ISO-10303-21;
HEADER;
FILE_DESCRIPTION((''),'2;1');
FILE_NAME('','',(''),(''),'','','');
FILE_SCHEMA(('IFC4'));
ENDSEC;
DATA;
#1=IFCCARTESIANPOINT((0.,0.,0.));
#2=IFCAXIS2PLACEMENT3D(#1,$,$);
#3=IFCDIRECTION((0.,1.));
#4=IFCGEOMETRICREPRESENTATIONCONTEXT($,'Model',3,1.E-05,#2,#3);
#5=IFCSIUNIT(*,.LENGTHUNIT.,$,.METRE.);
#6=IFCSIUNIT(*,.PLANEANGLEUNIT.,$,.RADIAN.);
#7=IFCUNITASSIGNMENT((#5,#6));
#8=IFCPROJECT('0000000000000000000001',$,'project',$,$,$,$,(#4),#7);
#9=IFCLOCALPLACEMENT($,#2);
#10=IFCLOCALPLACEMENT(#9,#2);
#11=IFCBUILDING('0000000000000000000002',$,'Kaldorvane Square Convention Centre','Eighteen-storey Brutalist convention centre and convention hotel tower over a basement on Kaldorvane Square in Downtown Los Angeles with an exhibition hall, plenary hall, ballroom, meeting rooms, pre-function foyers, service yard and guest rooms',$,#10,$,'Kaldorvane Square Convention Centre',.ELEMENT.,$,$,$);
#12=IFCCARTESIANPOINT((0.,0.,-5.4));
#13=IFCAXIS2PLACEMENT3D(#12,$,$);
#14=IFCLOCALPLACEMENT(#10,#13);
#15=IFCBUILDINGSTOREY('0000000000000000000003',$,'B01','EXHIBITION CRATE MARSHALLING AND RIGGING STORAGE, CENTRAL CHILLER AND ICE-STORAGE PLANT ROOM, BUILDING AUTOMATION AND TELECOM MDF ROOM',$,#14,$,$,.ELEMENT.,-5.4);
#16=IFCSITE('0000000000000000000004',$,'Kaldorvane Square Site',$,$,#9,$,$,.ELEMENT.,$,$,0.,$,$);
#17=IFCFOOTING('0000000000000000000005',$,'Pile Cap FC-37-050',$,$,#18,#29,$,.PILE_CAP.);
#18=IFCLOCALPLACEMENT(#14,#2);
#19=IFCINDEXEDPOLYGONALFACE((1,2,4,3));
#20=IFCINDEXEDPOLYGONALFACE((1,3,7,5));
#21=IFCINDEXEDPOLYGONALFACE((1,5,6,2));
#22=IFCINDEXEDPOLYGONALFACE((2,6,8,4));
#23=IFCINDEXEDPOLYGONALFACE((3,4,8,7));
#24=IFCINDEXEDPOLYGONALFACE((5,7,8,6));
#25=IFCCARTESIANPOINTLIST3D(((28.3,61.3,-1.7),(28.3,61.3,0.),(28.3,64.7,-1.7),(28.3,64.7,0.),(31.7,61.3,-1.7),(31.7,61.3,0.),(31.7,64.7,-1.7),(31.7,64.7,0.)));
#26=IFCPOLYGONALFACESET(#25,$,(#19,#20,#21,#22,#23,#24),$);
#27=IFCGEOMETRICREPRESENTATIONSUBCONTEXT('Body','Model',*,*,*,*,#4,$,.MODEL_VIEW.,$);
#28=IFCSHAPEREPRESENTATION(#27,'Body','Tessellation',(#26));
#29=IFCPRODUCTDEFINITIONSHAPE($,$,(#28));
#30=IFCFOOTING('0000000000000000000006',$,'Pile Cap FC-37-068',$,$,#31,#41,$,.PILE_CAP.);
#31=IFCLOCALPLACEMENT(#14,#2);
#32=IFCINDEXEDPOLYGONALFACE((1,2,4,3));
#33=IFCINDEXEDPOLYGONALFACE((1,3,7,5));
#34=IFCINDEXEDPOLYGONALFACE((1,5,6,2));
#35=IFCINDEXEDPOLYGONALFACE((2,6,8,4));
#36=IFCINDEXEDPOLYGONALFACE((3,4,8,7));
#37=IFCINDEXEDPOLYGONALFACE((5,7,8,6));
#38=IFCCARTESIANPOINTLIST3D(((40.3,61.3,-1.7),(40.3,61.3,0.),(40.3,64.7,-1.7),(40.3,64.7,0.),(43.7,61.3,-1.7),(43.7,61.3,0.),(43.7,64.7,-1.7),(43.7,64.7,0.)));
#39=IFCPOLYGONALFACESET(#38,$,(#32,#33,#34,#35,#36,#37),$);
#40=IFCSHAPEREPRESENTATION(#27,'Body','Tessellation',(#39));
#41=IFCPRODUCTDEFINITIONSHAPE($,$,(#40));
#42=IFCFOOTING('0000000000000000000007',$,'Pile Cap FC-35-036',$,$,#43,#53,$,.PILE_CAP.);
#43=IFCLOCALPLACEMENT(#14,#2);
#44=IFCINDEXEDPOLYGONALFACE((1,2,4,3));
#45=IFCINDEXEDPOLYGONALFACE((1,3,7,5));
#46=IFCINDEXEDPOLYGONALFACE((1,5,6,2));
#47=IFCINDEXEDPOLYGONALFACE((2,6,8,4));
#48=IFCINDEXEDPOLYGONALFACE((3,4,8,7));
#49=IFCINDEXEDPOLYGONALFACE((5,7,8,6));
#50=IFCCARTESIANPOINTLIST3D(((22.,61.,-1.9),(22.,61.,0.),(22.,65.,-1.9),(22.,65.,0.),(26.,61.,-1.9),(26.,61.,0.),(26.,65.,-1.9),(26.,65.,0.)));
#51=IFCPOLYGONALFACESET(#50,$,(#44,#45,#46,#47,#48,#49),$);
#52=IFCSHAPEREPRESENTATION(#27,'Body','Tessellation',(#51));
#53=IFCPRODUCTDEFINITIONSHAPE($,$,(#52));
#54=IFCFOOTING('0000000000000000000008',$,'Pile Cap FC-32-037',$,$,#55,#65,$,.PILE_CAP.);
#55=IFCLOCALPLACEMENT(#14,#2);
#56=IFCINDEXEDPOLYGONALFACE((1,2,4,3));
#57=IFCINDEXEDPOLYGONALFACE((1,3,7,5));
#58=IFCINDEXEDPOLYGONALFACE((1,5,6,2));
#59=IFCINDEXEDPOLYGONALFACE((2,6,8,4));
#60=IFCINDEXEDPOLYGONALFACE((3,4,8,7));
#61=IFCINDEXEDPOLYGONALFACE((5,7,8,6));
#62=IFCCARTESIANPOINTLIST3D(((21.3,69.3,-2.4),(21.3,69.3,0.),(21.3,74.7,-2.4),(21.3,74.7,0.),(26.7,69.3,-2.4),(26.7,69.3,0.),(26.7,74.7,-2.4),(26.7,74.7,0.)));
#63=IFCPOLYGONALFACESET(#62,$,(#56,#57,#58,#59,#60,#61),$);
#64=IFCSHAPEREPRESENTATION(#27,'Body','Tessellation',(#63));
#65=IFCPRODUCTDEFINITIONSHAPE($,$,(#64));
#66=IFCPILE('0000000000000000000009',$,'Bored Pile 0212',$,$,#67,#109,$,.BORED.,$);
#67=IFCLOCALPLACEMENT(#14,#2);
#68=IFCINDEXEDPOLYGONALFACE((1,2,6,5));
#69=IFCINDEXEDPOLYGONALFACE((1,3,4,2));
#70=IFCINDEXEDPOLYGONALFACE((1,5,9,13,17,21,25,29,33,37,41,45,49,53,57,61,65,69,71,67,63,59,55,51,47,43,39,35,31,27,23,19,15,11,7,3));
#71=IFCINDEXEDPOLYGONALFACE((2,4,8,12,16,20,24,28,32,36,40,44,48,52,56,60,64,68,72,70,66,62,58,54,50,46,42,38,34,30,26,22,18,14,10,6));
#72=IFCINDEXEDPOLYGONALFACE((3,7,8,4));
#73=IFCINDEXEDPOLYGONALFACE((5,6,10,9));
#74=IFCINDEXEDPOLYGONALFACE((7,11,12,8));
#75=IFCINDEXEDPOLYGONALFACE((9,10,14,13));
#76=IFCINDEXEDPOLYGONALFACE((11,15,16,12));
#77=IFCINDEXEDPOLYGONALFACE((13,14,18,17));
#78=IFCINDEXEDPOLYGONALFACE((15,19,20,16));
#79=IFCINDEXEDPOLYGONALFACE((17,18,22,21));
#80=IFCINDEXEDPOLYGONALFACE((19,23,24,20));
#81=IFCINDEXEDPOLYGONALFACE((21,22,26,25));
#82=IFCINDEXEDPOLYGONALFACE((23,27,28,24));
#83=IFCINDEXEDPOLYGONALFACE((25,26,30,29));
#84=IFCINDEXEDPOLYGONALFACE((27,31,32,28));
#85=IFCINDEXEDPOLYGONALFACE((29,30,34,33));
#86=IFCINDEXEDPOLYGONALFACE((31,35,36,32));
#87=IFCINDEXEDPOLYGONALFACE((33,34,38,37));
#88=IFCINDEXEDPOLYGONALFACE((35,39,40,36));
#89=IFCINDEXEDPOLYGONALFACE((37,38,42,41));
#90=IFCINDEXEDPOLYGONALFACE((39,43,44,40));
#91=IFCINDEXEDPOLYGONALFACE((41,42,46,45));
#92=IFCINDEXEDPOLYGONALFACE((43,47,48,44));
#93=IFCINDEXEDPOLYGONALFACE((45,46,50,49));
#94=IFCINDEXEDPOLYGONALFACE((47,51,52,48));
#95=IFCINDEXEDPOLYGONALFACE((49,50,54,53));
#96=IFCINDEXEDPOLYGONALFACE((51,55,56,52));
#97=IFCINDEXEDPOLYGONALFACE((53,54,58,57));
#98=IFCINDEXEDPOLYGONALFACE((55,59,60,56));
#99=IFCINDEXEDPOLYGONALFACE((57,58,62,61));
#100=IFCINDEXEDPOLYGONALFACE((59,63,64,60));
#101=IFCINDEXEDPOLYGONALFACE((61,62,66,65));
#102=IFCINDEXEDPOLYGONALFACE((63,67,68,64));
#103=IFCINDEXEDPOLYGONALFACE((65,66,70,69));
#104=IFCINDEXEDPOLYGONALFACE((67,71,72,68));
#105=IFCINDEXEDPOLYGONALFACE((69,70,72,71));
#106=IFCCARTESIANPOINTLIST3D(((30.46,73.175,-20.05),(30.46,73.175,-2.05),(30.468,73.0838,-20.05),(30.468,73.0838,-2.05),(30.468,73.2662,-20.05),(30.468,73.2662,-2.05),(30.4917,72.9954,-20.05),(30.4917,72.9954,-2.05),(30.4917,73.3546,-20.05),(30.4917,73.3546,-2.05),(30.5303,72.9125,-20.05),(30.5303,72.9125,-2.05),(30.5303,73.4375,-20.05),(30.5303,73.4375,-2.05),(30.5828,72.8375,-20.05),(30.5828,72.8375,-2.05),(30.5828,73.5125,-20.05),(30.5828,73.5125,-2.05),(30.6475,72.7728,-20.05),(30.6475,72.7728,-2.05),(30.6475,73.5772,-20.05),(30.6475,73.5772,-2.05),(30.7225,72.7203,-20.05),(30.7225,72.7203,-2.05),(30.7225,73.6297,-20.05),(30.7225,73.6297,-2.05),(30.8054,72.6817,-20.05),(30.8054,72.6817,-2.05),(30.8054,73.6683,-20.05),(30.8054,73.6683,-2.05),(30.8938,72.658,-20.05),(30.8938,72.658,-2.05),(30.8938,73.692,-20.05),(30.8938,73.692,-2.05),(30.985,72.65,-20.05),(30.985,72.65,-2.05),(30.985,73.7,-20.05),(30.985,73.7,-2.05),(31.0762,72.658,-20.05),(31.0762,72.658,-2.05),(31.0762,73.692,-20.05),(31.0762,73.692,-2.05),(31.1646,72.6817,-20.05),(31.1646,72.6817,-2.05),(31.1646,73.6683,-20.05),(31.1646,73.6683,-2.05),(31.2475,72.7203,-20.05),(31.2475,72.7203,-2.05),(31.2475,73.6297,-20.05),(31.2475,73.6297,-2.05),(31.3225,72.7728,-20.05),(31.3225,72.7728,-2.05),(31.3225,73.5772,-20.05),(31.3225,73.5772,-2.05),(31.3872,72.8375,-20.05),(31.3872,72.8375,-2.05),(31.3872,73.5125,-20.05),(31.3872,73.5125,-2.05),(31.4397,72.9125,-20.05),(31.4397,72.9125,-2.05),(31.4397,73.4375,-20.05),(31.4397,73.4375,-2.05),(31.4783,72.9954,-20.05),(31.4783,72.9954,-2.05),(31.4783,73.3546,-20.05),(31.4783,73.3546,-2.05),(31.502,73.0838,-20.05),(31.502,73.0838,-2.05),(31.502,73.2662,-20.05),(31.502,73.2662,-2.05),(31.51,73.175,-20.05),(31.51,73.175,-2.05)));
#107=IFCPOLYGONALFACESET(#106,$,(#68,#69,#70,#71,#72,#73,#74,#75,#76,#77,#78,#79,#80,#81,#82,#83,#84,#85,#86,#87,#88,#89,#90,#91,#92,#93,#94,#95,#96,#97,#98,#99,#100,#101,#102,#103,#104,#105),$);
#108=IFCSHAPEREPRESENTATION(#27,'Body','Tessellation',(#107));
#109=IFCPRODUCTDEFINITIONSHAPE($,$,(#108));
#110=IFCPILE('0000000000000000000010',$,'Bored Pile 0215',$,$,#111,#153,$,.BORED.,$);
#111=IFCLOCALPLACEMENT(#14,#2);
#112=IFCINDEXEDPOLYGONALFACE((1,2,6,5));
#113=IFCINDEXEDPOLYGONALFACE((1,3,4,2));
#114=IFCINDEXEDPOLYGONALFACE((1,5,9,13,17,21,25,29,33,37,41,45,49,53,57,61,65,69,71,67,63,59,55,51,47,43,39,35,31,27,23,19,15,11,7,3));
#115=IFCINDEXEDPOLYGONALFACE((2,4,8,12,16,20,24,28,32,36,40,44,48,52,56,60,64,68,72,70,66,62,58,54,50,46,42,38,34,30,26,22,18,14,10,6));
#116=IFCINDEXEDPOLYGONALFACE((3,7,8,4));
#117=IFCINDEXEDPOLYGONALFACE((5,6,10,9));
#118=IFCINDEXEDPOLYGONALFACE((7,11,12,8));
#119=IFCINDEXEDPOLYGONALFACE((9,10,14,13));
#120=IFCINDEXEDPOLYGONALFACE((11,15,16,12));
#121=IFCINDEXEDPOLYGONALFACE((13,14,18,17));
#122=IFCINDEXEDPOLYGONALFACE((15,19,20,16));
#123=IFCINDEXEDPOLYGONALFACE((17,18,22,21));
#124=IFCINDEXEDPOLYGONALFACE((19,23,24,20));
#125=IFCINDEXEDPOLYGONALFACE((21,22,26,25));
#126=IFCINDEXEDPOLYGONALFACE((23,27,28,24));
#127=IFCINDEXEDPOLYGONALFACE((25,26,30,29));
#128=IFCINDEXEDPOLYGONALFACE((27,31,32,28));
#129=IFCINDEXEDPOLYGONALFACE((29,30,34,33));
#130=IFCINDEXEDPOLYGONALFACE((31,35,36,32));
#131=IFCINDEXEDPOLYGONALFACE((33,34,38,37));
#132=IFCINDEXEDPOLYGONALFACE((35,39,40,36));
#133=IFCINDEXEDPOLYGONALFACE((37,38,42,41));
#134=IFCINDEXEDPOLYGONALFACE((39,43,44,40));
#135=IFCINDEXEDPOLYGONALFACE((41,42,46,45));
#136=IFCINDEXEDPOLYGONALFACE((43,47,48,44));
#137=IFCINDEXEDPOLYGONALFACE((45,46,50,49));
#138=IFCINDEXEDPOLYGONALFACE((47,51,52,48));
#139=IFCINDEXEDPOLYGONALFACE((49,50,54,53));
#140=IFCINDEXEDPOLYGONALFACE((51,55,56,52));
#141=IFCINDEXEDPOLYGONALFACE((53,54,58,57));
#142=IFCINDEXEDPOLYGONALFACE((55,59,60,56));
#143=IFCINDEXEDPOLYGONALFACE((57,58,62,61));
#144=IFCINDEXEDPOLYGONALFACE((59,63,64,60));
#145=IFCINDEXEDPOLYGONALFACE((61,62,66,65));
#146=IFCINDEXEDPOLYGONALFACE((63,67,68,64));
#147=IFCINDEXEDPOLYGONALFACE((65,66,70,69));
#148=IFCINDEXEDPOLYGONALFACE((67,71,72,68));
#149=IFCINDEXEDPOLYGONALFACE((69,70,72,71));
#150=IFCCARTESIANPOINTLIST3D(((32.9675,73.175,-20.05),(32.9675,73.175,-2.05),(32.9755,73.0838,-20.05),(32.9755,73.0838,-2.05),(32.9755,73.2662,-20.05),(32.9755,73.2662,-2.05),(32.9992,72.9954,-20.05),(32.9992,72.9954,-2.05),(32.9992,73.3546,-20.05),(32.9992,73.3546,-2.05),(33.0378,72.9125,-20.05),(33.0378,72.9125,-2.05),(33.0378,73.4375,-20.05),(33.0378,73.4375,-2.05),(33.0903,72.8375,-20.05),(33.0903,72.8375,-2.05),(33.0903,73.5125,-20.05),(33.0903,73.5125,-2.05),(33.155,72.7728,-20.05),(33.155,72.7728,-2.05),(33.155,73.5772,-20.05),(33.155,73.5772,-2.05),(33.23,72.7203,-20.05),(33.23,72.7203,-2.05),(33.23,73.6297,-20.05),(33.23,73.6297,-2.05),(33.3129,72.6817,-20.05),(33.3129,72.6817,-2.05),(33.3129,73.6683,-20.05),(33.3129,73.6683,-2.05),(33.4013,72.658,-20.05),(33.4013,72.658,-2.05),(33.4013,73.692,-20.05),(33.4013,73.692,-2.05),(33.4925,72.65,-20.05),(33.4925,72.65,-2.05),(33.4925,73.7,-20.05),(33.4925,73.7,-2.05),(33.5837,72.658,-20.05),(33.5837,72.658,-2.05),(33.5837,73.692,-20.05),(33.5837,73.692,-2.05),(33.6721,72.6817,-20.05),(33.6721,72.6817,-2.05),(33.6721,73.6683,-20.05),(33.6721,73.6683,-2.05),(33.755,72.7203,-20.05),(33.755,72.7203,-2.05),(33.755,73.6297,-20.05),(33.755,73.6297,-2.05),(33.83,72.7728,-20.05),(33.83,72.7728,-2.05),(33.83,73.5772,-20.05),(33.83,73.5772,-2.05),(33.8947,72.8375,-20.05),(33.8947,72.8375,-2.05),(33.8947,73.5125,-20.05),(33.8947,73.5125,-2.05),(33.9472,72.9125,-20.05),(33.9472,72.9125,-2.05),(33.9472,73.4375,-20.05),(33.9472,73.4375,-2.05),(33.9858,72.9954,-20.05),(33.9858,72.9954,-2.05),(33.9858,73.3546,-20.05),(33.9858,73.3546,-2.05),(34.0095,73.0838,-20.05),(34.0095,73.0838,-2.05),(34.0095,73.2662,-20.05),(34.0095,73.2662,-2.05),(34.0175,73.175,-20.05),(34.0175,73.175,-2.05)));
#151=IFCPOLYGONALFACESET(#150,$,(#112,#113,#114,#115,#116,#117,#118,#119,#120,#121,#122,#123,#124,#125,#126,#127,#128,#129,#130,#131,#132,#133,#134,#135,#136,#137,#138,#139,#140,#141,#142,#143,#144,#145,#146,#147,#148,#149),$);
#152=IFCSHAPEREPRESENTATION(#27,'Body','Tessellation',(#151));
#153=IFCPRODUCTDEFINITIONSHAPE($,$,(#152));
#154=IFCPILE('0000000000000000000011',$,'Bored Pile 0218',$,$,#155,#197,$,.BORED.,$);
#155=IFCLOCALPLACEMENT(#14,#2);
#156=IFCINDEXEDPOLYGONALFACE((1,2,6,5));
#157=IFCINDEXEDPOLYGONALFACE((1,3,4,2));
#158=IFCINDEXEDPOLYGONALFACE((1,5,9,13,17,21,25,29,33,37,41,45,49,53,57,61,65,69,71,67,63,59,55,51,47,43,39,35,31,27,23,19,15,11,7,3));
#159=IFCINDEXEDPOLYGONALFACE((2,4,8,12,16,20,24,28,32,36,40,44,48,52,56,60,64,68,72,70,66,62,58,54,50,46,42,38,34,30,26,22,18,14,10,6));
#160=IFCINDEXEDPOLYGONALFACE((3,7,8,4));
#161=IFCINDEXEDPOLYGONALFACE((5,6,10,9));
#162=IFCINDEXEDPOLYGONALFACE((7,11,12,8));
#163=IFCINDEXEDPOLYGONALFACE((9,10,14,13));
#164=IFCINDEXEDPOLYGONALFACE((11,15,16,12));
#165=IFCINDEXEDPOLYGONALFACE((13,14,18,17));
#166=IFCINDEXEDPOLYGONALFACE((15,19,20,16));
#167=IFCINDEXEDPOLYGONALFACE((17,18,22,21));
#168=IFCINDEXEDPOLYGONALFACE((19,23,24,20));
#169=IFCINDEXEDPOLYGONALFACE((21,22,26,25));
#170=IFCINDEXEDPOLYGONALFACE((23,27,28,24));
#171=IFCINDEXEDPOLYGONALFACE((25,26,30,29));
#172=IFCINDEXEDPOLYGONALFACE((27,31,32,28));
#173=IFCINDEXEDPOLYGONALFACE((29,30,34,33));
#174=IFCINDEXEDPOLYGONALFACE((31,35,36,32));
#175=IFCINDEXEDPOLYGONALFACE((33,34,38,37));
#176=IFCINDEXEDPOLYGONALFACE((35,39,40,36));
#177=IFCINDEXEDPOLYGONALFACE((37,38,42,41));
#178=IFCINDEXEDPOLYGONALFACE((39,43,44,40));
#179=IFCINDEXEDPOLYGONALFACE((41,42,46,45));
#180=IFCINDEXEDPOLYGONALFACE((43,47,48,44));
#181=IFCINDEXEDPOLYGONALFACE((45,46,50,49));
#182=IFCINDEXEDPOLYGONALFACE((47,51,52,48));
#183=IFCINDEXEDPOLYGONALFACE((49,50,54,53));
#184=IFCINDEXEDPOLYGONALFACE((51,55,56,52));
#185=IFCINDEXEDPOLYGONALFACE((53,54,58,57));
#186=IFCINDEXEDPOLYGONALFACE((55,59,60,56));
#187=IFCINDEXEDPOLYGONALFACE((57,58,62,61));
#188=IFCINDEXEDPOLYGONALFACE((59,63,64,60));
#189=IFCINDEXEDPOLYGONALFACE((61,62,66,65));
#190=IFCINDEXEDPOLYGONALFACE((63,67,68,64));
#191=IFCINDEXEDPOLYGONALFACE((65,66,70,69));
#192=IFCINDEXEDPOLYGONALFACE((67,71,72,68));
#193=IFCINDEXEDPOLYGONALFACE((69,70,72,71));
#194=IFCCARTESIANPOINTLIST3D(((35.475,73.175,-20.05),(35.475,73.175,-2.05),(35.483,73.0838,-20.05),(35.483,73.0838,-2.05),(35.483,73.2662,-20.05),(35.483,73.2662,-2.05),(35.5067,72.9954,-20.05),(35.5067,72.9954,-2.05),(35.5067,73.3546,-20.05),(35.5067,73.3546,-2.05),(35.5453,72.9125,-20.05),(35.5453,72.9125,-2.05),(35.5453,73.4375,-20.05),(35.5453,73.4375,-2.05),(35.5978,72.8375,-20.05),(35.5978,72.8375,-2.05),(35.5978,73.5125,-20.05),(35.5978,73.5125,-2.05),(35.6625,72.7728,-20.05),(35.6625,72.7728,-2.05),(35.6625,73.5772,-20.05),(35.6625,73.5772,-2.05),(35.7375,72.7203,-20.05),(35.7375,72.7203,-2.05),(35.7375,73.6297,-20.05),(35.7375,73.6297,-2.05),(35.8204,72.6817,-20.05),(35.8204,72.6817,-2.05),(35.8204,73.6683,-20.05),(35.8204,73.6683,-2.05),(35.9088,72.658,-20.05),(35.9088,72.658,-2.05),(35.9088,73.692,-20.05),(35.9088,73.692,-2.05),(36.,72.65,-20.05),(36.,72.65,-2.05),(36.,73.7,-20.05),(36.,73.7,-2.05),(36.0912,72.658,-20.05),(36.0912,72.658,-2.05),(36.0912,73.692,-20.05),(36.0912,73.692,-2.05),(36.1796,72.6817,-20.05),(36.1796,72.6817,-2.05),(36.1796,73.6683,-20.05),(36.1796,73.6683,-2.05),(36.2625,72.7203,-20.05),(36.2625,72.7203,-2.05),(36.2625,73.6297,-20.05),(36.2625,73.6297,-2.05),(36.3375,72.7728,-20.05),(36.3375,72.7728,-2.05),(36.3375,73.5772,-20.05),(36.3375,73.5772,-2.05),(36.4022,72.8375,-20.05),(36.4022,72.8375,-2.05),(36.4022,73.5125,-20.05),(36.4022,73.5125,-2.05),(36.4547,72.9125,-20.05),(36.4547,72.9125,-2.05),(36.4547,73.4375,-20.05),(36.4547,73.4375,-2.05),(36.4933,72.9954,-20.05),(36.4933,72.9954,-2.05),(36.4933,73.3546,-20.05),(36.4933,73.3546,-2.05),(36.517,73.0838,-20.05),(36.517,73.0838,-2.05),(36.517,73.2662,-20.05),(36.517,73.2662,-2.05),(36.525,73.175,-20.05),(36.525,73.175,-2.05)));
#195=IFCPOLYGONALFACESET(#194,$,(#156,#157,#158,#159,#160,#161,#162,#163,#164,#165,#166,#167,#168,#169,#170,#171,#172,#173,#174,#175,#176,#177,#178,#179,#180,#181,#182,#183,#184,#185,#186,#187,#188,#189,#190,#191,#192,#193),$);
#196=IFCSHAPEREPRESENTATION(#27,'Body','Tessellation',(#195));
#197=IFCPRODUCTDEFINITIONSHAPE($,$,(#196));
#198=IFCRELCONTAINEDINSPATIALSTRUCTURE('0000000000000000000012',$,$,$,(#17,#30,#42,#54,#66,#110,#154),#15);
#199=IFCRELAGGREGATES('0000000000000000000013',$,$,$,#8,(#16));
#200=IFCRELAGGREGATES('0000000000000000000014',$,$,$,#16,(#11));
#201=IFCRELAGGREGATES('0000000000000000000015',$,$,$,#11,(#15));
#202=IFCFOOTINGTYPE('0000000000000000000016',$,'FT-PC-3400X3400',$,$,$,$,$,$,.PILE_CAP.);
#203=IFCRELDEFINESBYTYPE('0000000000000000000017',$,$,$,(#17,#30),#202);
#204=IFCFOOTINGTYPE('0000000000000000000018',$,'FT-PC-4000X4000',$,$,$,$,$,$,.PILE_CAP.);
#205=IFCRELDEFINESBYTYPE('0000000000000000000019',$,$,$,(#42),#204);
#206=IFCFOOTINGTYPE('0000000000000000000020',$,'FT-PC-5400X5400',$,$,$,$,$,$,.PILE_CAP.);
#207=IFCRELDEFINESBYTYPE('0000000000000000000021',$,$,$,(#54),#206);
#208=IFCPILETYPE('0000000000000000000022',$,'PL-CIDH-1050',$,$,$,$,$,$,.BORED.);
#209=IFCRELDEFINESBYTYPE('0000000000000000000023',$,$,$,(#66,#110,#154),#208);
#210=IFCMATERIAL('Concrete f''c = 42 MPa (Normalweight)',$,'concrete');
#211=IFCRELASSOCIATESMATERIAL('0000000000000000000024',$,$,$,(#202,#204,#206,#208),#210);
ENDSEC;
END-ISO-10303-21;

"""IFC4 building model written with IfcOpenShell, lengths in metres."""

from ifc_helpers import new_model, si_unit, direction, frame, origin, origin_2d, place, context, subcontext, project, spatial, rectangle, circle, extrude, material, material_profile, profile_set, type_object, element, save


model = new_model("IFC4")

# Units and contexts
model_context = context("Model", 3, precision=1e-05, world=origin(), true_north=direction((0.0, 1.0)))
body_context = subcontext(model_context, "Body", "Model", "MODEL_VIEW")
ifc_project = project(units=[si_unit("LENGTHUNIT", "METRE"), si_unit("PLANEANGLEUNIT", "RADIAN")], contexts=[model_context])

# Site, building, storey
site_placement = place(None, origin())
site = spatial("IfcSite", under=ifc_project, at=site_placement, Name="Kaldorvane Square Site", CompositionType="ELEMENT", RefElevation=0.0)
building_placement = place(site_placement, origin())
building = spatial("IfcBuilding", under=site, at=building_placement, Name="Kaldorvane Square Convention Centre", Description="Eighteen-storey Brutalist convention centre and convention hotel tower over a basement on Kaldorvane Square in Downtown Los Angeles with an exhibition hall, plenary hall, ballroom, meeting rooms, pre-function foyers, service yard and guest rooms", LongName="Kaldorvane Square Convention Centre", CompositionType="ELEMENT")
storey_placement = place(building_placement, frame((0.0, 0.0, -5.4)))
storey = spatial("IfcBuildingStorey", under=building, at=storey_placement, Name="B01", Description="EXHIBITION CRATE MARSHALLING AND RIGGING STORAGE, CENTRAL CHILLER AND ICE-STORAGE PLANT ROOM, BUILDING AUTOMATION AND TELECOM MDF ROOM", CompositionType="ELEMENT", Elevation=-5.4)

# Footings
ifc_material_1 = material(Name="Concrete f'c = 42 MPa (Normalweight)", Category="concrete")
footing_type_1 = type_object("IfcFootingType", Name="FT-PC-3400X3400", PredefinedType="PILE_CAP", material=ifc_material_1)
for number, where, z_axis, x_axis, name in (
    (1, (30.0, 63.0, -1.7), (0.0, 0.0, 1.0), (1.0, 0.0, 0.0), "Pile Cap FC-37-050"),
    (2, (42.0, 63.0, -1.7), (0.0, 0.0, 1.0), (1.0, 0.0, 0.0), "Pile Cap FC-37-068"),
):
    element("IfcFooting", number, at=place(storey_placement, frame(where, z_axis=z_axis, x_axis=x_axis)), inside=storey, type_object=footing_type_1, Name=name, PredefinedType="PILE_CAP", context=body_context, shape_type="SweptSolid", body=[
        extrude(rectangle(XDim=3.4, YDim=3.4, at=origin_2d()), origin(), (0.0, 0.0, 1.0), 1.7),
    ])
footing_type_2 = type_object("IfcFootingType", Name="FT-PC-4000X4000", PredefinedType="PILE_CAP", material=ifc_material_1)
footing_1_placement = place(storey_placement, frame((24.0, 63.0, -1.9), z_axis=(0.0, 0.0, 1.0), x_axis=(1.0, 0.0, 0.0)))
element("IfcFooting", 3, at=footing_1_placement, inside=storey, type_object=footing_type_2, Name="Pile Cap FC-35-036", PredefinedType="PILE_CAP", context=body_context, shape_type="SweptSolid", body=[
    extrude(rectangle(XDim=4.0, YDim=4.0, at=origin_2d()), origin(), (0.0, 0.0, 1.0), 1.9),
])
footing_type_3 = type_object("IfcFootingType", Name="FT-PC-5400X5400", PredefinedType="PILE_CAP", material=ifc_material_1)
footing_2_placement = place(storey_placement, frame((24.0, 72.0, -2.4), z_axis=(0.0, 0.0, 1.0), x_axis=(1.0, 0.0, 0.0)))
element("IfcFooting", 4, at=footing_2_placement, inside=storey, type_object=footing_type_3, Name="Pile Cap FC-32-037", PredefinedType="PILE_CAP", context=body_context, shape_type="SweptSolid", body=[
    extrude(rectangle(XDim=5.4, YDim=5.4, at=origin_2d()), origin(), (0.0, 0.0, 1.0), 2.4),
])

# Piles
ifc_material_profile_1 = material_profile(ifc_material_1, circle(Radius=0.525, at=origin_2d()), Name="PILE-D1050")
ifc_profile_set_1 = profile_set([ifc_material_profile_1], Name="Concrete f'c = 42 MPa (Normalweight)")
pile_type_1 = type_object("IfcPileType", Name="PL-CIDH-1050", PredefinedType="BORED", material=ifc_profile_set_1)
for number, where, z_axis, x_axis, name in (
    (5, (30.985, 73.175, -2.05), (0.0, 0.0, -1.0), (1.0, 0.0, 0.0), "Bored Pile 0212"),
    (6, (33.4925, 73.175, -2.05), (0.0, 0.0, -1.0), (1.0, 0.0, 0.0), "Bored Pile 0215"),
    (7, (36.0, 73.175, -2.05), (0.0, 0.0, -1.0), (1.0, 0.0, 0.0), "Bored Pile 0218"),
):
    element("IfcPile", number, at=place(storey_placement, frame(where, z_axis=z_axis, x_axis=x_axis)), inside=storey, type_object=pile_type_1, Name=name, PredefinedType="BORED", context=body_context, shape_type="SweptSolid", body=[
        extrude(circle(Radius=0.525, at=origin_2d()), origin(), (0.0, 0.0, 1.0), 18.0),
    ])

save(model, "model.ifc")
